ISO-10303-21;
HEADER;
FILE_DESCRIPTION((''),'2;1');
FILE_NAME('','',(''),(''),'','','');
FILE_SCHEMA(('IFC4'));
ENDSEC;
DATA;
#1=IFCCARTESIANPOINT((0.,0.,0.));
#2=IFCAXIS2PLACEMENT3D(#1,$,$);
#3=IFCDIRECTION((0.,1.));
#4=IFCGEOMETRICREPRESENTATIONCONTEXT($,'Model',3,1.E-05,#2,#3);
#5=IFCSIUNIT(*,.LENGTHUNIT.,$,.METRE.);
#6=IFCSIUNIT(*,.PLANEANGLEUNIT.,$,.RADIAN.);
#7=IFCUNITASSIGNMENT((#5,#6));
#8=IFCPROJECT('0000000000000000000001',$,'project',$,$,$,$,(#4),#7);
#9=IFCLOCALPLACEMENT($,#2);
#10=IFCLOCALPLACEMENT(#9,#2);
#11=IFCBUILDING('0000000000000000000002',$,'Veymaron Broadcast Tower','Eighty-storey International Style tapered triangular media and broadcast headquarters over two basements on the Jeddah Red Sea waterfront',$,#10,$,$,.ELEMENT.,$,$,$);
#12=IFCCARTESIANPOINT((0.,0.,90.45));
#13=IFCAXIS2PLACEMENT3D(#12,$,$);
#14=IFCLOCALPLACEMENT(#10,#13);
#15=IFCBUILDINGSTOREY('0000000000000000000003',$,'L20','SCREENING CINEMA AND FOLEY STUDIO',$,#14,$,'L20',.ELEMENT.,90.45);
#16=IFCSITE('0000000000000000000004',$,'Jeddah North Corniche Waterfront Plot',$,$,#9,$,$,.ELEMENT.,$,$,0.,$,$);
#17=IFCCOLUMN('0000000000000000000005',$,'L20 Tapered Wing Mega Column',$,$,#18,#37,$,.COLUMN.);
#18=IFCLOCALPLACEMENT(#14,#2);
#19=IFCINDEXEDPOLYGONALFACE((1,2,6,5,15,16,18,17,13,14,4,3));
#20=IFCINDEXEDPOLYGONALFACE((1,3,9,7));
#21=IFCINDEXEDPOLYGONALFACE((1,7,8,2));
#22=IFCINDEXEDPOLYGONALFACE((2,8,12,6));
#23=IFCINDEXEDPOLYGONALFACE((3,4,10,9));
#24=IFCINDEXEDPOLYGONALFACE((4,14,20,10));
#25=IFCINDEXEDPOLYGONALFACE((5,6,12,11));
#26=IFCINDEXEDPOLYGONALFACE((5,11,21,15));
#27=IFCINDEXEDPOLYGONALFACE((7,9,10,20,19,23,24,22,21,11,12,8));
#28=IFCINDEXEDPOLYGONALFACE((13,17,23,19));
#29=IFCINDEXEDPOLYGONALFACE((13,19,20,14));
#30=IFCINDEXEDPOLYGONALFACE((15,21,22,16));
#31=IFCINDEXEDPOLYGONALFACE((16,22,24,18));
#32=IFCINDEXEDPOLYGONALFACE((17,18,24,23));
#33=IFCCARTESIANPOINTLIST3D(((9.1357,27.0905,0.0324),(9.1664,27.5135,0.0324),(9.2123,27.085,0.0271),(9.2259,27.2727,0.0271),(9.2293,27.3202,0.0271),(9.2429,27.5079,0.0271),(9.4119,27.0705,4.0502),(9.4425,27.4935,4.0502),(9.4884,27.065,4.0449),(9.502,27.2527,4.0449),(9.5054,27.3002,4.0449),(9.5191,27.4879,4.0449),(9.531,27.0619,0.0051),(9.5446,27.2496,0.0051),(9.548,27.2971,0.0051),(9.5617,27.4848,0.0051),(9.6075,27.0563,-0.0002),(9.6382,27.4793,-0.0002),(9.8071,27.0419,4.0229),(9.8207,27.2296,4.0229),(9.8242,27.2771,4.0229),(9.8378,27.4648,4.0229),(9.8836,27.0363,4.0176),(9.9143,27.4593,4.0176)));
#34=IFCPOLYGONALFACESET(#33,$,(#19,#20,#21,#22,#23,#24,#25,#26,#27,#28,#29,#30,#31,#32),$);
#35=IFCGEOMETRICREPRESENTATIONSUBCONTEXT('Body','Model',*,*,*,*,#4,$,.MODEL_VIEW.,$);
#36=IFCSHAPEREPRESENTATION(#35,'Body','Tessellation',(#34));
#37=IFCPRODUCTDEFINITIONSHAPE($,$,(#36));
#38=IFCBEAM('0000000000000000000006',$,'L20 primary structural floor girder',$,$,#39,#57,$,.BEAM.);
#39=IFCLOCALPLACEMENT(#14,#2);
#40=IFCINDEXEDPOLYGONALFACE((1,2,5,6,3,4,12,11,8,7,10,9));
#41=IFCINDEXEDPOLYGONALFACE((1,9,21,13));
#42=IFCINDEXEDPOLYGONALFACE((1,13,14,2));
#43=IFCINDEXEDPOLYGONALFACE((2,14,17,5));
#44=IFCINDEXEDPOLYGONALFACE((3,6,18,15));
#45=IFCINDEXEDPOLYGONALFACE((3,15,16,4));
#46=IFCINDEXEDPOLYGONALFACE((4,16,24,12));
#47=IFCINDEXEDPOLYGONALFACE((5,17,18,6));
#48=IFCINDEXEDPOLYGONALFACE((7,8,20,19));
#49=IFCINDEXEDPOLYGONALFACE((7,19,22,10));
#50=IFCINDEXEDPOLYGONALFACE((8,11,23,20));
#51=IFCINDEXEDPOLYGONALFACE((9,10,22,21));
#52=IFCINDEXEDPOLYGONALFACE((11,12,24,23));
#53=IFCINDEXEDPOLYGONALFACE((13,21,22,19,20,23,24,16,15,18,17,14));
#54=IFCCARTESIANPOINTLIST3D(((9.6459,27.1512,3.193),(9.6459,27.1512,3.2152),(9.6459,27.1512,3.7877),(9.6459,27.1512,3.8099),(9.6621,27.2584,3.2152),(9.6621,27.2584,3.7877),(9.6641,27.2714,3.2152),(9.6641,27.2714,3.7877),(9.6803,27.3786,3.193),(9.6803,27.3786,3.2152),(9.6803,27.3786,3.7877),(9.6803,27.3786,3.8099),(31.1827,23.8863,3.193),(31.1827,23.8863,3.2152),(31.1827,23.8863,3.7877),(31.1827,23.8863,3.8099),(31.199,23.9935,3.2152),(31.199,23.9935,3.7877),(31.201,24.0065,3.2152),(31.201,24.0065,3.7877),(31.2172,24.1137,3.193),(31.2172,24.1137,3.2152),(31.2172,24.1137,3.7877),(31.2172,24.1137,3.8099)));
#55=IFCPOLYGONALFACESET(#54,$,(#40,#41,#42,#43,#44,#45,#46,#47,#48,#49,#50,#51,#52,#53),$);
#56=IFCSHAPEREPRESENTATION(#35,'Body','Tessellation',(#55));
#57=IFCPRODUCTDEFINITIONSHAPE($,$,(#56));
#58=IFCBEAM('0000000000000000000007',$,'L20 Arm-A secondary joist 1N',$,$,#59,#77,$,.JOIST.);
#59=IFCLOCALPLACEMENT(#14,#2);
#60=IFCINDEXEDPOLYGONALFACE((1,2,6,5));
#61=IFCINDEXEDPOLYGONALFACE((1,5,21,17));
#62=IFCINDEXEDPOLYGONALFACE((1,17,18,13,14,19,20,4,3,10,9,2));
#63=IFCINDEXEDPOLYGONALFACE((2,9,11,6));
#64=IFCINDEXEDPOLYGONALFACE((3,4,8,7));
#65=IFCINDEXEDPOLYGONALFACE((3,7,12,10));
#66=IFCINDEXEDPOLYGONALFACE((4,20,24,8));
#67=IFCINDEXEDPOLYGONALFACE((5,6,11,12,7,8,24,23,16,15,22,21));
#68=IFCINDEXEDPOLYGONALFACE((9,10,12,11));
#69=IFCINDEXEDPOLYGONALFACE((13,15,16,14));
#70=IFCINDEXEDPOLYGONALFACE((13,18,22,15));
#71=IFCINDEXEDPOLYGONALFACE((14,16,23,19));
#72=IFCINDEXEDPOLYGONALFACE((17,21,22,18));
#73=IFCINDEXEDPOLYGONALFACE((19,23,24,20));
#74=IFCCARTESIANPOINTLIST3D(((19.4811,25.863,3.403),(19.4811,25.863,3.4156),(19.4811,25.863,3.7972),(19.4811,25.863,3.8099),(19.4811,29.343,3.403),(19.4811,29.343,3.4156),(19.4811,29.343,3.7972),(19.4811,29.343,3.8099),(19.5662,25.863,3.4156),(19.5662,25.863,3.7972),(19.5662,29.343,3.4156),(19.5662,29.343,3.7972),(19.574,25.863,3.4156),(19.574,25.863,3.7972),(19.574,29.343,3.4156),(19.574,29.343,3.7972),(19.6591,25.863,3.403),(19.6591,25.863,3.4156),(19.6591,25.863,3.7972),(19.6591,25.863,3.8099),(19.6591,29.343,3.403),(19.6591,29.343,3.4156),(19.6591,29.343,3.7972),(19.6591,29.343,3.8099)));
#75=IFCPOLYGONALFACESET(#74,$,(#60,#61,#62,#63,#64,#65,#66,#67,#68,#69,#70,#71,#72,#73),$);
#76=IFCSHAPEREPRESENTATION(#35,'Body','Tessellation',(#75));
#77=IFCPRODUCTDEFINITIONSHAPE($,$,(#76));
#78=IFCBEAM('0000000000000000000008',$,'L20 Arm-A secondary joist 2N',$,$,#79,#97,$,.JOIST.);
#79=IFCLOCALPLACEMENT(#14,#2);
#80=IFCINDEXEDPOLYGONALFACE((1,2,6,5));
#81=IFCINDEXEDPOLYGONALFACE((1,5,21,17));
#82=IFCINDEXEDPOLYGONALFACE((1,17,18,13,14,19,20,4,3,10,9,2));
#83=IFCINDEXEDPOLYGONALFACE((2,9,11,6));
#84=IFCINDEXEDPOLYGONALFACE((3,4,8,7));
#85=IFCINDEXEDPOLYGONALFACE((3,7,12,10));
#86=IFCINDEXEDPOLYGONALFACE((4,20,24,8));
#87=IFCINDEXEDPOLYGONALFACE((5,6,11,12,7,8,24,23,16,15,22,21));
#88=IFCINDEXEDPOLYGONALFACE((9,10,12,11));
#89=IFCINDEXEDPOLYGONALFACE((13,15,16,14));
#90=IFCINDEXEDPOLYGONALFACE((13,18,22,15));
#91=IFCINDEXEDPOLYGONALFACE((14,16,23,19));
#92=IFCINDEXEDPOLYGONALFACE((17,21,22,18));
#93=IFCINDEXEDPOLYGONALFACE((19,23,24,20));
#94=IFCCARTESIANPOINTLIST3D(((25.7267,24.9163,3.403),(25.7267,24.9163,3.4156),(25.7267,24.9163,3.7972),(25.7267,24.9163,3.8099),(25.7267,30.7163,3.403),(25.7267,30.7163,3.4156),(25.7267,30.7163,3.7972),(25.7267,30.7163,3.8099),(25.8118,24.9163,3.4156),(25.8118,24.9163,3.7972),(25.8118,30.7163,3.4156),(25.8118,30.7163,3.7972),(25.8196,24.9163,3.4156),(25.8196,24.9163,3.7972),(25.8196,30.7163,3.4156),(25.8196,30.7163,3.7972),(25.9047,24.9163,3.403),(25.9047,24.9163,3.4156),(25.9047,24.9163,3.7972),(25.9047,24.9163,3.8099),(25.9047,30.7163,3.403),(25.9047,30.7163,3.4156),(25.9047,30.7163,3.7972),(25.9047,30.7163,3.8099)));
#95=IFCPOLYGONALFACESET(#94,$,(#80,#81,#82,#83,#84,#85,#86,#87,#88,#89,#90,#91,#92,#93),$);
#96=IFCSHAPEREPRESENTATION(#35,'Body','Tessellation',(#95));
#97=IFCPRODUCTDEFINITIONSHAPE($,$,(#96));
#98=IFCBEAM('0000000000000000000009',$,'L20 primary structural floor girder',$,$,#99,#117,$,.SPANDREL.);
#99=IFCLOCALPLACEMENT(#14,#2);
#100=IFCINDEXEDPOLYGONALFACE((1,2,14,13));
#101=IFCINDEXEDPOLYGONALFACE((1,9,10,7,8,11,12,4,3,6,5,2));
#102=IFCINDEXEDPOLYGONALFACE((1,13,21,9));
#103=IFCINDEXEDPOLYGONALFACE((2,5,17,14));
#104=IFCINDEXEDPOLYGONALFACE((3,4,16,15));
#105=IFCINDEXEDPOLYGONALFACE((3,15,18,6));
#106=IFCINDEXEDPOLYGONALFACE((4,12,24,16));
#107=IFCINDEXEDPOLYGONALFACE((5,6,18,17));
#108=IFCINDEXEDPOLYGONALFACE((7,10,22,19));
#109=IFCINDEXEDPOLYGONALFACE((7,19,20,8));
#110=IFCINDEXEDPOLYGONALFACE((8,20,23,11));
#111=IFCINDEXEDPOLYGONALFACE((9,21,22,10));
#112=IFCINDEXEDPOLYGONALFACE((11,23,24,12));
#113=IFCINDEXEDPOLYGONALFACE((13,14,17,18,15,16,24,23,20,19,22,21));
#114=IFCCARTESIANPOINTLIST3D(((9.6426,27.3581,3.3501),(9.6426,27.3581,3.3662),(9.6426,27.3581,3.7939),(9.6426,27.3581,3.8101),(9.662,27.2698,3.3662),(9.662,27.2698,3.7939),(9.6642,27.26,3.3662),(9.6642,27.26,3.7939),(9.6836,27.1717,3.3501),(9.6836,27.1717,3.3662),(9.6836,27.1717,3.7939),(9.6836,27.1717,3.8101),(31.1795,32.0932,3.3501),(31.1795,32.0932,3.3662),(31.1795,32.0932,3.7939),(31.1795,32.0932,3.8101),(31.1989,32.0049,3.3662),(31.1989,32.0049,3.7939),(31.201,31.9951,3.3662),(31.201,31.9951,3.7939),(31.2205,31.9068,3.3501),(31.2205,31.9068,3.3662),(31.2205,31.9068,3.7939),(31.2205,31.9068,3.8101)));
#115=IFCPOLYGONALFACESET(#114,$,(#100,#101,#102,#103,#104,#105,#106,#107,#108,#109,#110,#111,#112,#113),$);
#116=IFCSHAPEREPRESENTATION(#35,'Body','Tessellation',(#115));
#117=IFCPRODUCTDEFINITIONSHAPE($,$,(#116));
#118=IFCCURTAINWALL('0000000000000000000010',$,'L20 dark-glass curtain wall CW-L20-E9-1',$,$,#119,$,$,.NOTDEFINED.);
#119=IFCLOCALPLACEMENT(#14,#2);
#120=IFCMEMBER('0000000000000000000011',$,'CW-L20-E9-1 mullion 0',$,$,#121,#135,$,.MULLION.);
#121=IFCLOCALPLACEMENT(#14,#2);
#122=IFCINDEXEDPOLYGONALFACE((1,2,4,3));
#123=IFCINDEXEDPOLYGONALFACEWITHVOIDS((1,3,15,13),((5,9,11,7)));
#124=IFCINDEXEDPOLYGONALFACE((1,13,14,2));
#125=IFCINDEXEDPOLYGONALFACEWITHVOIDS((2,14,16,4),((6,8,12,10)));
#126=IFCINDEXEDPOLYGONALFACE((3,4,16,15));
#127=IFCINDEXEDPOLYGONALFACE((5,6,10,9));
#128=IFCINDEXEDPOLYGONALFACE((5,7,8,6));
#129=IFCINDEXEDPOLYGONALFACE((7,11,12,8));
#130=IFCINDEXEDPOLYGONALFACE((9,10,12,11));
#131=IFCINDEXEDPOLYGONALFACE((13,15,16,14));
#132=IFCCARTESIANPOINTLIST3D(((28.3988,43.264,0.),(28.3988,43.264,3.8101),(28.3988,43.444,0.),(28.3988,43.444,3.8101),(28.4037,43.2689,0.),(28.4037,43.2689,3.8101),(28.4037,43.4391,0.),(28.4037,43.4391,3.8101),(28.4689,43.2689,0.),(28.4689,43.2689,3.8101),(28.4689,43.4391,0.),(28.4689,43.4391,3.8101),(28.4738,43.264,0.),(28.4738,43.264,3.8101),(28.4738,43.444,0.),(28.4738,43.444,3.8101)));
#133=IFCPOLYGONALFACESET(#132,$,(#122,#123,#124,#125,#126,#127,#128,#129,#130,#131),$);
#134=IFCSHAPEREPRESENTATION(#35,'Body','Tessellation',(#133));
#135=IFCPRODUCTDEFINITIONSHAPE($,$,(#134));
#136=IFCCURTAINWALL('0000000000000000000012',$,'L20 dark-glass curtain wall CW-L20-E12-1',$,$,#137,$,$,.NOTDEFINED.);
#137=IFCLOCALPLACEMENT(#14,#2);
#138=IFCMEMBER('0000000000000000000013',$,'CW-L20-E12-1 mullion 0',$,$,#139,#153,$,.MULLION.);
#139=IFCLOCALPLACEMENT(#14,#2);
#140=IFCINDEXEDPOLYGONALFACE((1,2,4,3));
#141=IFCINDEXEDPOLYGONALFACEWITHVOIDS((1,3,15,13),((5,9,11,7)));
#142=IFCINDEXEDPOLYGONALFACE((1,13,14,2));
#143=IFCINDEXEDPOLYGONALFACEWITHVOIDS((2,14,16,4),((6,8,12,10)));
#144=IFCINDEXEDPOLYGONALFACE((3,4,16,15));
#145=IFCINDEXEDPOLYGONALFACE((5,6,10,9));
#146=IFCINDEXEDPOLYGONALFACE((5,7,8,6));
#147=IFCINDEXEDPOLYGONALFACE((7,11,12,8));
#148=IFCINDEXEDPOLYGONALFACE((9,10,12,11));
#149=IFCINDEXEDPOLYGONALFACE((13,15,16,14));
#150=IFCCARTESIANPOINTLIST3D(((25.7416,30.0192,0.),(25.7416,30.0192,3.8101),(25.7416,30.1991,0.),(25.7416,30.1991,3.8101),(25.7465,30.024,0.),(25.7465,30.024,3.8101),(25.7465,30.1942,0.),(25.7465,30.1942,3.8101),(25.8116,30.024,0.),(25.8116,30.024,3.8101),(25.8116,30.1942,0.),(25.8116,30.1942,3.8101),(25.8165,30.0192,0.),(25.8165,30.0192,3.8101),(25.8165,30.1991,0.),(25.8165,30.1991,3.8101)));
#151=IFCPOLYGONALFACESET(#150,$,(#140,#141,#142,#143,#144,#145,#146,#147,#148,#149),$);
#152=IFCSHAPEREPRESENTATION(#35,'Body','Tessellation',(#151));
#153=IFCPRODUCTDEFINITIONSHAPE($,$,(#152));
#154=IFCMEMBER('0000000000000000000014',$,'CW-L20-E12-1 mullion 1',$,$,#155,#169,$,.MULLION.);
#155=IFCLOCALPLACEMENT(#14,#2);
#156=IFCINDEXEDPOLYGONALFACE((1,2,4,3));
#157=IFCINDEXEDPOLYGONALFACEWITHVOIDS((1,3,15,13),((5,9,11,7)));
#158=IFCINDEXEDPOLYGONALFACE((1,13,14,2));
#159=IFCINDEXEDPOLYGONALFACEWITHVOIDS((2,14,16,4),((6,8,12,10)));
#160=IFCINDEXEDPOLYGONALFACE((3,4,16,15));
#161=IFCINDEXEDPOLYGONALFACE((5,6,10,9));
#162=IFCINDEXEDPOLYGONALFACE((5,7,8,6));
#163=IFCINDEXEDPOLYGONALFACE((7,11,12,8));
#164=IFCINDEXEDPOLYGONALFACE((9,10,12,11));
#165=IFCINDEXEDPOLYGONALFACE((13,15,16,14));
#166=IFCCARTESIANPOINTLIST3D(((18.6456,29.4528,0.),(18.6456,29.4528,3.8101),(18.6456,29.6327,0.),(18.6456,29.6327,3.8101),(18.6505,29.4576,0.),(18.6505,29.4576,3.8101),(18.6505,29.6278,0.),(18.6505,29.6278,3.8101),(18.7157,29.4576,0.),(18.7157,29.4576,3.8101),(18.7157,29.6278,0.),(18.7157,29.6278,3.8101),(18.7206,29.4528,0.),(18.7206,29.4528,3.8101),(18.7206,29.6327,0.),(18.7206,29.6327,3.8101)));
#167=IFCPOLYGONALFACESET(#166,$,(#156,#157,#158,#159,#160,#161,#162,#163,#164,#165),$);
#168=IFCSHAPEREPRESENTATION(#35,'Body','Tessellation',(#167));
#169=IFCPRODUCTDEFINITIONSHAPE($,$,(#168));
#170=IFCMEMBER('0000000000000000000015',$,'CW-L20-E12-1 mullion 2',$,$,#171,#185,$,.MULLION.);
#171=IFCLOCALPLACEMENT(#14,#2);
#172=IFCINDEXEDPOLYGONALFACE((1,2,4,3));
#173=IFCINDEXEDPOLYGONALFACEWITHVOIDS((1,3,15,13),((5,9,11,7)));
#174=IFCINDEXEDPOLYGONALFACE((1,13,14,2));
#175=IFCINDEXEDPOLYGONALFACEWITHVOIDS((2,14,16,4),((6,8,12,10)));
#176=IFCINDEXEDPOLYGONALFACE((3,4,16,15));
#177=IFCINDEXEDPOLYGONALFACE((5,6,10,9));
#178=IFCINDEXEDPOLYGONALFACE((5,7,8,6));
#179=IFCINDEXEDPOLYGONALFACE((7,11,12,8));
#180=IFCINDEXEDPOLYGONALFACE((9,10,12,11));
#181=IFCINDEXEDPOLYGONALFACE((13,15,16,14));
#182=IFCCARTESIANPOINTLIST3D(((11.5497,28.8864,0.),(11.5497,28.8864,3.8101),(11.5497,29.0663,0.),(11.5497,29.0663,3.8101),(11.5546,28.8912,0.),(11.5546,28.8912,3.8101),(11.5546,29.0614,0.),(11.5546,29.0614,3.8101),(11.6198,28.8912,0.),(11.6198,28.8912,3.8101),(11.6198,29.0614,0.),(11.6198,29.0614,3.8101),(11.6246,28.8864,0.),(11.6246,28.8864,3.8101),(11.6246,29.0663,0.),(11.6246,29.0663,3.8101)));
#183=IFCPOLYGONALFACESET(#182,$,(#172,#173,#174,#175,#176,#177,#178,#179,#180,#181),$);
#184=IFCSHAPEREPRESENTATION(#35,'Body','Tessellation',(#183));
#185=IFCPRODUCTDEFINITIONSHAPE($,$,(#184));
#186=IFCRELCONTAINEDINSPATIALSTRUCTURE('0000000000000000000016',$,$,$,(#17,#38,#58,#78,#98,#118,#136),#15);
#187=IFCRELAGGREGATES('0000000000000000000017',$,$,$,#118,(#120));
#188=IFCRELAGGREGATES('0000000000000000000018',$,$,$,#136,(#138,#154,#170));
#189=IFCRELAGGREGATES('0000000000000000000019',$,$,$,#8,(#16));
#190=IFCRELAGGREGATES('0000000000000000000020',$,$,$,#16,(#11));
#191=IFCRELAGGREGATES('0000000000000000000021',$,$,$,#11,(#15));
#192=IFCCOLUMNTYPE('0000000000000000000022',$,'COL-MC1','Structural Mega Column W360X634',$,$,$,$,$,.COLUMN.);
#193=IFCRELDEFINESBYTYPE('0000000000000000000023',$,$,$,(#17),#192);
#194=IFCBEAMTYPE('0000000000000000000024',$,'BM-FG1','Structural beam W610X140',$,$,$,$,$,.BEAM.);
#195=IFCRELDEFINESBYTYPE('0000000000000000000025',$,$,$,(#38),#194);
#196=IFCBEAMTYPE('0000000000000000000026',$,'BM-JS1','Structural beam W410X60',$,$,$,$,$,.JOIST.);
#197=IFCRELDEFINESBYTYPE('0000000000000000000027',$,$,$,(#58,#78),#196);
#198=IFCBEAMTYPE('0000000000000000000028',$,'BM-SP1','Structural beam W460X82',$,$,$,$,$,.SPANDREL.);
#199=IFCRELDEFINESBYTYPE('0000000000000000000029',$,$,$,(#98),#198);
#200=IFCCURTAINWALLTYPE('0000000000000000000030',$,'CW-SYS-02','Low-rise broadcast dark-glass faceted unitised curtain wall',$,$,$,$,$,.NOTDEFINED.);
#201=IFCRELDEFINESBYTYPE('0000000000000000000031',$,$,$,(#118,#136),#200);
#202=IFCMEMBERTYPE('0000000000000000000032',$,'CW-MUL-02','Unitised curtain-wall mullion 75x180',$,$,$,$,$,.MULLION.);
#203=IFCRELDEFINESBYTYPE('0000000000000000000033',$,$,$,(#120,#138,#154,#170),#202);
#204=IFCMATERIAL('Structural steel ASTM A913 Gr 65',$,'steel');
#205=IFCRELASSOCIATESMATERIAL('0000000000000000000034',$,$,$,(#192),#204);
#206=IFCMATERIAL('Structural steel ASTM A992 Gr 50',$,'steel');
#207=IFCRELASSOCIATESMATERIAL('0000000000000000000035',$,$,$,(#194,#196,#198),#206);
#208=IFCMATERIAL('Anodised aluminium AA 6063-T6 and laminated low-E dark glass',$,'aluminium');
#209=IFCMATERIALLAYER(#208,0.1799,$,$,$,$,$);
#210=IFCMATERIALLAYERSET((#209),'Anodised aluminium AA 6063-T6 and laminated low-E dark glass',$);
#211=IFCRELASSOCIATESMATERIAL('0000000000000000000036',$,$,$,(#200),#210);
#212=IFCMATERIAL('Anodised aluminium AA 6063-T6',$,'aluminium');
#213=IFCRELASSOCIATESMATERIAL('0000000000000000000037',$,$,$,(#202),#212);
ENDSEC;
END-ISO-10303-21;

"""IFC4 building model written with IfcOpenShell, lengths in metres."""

from ifc_helpers import new_model, si_unit, direction, frame, origin, origin_2d, place, context, subcontext, project, spatial, hollow_rectangle, i_section, extrude, material, layer, layer_set, material_profile, profile_set, type_object, element, aggregate, save


model = new_model("IFC4")

# Units and contexts
model_context = context("Model", 3, precision=1e-05, world=origin(), true_north=direction((0.0, 1.0)))
body_context = subcontext(model_context, "Body", "Model", "MODEL_VIEW")
ifc_project = project(units=[si_unit("LENGTHUNIT", "METRE"), si_unit("PLANEANGLEUNIT", "RADIAN")], contexts=[model_context])

# Site, building, storey
site_placement = place(None, origin())
site = spatial("IfcSite", under=ifc_project, at=site_placement, Name="Jeddah North Corniche Waterfront Plot", CompositionType="ELEMENT", RefElevation=0.0)
building_placement = place(site_placement, origin())
building = spatial("IfcBuilding", under=site, at=building_placement, Name="Veymaron Broadcast Tower", Description="Eighty-storey International Style tapered triangular media and broadcast headquarters over two basements on the Jeddah Red Sea waterfront", CompositionType="ELEMENT")
storey_placement = place(building_placement, frame((0.0, 0.0, 90.45)))
storey = spatial("IfcBuildingStorey", under=building, at=storey_placement, Name="L20", Description="SCREENING CINEMA AND FOLEY STUDIO", LongName="L20", CompositionType="ELEMENT", Elevation=90.45)

# Column
ifc_material_1 = material(Name="Structural steel ASTM A913 Gr 65", Category="steel")
ifc_material_profile_1 = material_profile(ifc_material_1, i_section(OverallWidth=0.4241, OverallDepth=0.4741, WebThickness=0.0476, FlangeThickness=0.0769, at=origin_2d()), Name="W360X634")
ifc_profile_set_1 = profile_set([ifc_material_profile_1], Name="Structural steel ASTM A913 Gr 65")
column_type = type_object("IfcColumnType", Name="COL-MC1", Description="Structural Mega Column W360X634", PredefinedType="COLUMN", material=ifc_profile_set_1)
column_placement = place(storey_placement, frame((9.387, 27.2849, 0.0161), z_axis=(0.068562, -0.004971, 0.997634), x_axis=(0.072312, 0.997382, 0.0)))
element("IfcColumn", 1, at=column_placement, inside=storey, type_object=column_type, Name="L20 Tapered Wing Mega Column", PredefinedType="COLUMN", context=body_context, shape_type="SweptSolid", body=[
    extrude(i_section(OverallWidth=0.4241, OverallDepth=0.4741, WebThickness=0.0476, FlangeThickness=0.0769, at=origin_2d()), origin(), (0.0, 0.0, 1.0), 4.0273),
])

# Beams
ifc_material_2 = material(Name="Structural steel ASTM A992 Gr 50", Category="steel")
ifc_material_profile_2 = material_profile(ifc_material_2, i_section(OverallWidth=0.23, OverallDepth=0.6169, WebThickness=0.0132, FlangeThickness=0.0222, at=origin_2d()), Name="W610X140")
ifc_profile_set_2 = profile_set([ifc_material_profile_2], Name="Structural steel ASTM A992 Gr 50")
beam_type_1 = type_object("IfcBeamType", Name="BM-FG1", Description="Structural beam W610X140", PredefinedType="BEAM", material=ifc_profile_set_2)
beam_1_placement = place(storey_placement, frame((9.6631, 27.2649, 3.5015), z_axis=(0.988704, -0.149883, 0.0), x_axis=(0.149883, 0.988704, 0.0)))
element("IfcBeam", 2, at=beam_1_placement, inside=storey, type_object=beam_type_1, Name="L20 primary structural floor girder", PredefinedType="BEAM", context=body_context, shape_type="SweptSolid", body=[
    extrude(i_section(OverallWidth=0.23, OverallDepth=0.6169, WebThickness=0.0132, FlangeThickness=0.0222, at=origin_2d()), origin(), (0.0, 0.0, 1.0), 21.783),
])
ifc_material_profile_3 = material_profile(ifc_material_2, i_section(OverallWidth=0.178, OverallDepth=0.407, WebThickness=0.0078, FlangeThickness=0.0127, at=origin_2d()), Name="W410X60")
ifc_profile_set_3 = profile_set([ifc_material_profile_3], Name="Structural steel ASTM A992 Gr 50")
beam_type_2 = type_object("IfcBeamType", Name="BM-JS1", Description="Structural beam W410X60", PredefinedType="JOIST", material=ifc_profile_set_3)
beam_2_placement = place(storey_placement, frame((19.5701, 25.863, 3.6064), z_axis=(0.0, 1.0, 0.0), x_axis=(-1.0, 0.0, 0.0)))
element("IfcBeam", 3, at=beam_2_placement, inside=storey, type_object=beam_type_2, Name="L20 Arm-A secondary joist 1N", PredefinedType="JOIST", context=body_context, shape_type="SweptSolid", body=[
    extrude(i_section(OverallWidth=0.178, OverallDepth=0.407, WebThickness=0.0078, FlangeThickness=0.0127, at=origin_2d()), origin(), (0.0, 0.0, 1.0), 3.48),
])
beam_3_placement = place(storey_placement, frame((25.8157, 24.9163, 3.6064), z_axis=(0.0, 1.0, 0.0), x_axis=(-1.0, 0.0, 0.0)))
element("IfcBeam", 4, at=beam_3_placement, inside=storey, type_object=beam_type_2, Name="L20 Arm-A secondary joist 2N", PredefinedType="JOIST", context=body_context, shape_type="SweptSolid", body=[
    extrude(i_section(OverallWidth=0.178, OverallDepth=0.407, WebThickness=0.0078, FlangeThickness=0.0127, at=origin_2d()), origin(), (0.0, 0.0, 1.0), 5.8),
])
ifc_material_profile_4 = material_profile(ifc_material_2, i_section(OverallWidth=0.1909, OverallDepth=0.46, WebThickness=0.01, FlangeThickness=0.0161, at=origin_2d()), Name="W460X82")
ifc_profile_set_4 = profile_set([ifc_material_profile_4], Name="Structural steel ASTM A992 Gr 50")
beam_type_3 = type_object("IfcBeamType", Name="BM-SP1", Description="Structural beam W460X82", PredefinedType="SPANDREL", material=ifc_profile_set_4)
beam_4_placement = place(storey_placement, frame((9.6631, 27.2649, 3.5801), z_axis=(0.976673, 0.214732, 0.0), x_axis=(-0.214732, 0.976673, 0.0)))
element("IfcBeam", 5, at=beam_4_placement, inside=storey, type_object=beam_type_3, Name="L20 primary structural floor girder", PredefinedType="SPANDREL", context=body_context, shape_type="SweptSolid", body=[
    extrude(i_section(OverallWidth=0.1909, OverallDepth=0.46, WebThickness=0.01, FlangeThickness=0.0161, at=origin_2d()), origin(), (0.0, 0.0, 1.0), 22.0513),
])

# Curtain wall, member
ifc_material_3 = material(Name="Anodised aluminium AA 6063-T6 and laminated low-E dark glass", Category="aluminium")
ifc_layer_1 = layer(ifc_material_3, 0.1799)
ifc_layer_set_1 = layer_set([ifc_layer_1], Name="Anodised aluminium AA 6063-T6 and laminated low-E dark glass")
curtain_wall_type = type_object("IfcCurtainWallType", Name="CW-SYS-02", Description="Low-rise broadcast dark-glass faceted unitised curtain wall", PredefinedType="NOTDEFINED", material=ifc_layer_set_1)
curtain_wall_1_placement = place(storey_placement, origin())
curtain_wall_1 = element("IfcCurtainWall", 6, at=curtain_wall_1_placement, inside=storey, type_object=curtain_wall_type, Name="L20 dark-glass curtain wall CW-L20-E9-1", PredefinedType="NOTDEFINED")
ifc_material_4 = material(Name="Anodised aluminium AA 6063-T6", Category="aluminium")
ifc_material_profile_5 = material_profile(ifc_material_4, hollow_rectangle(XDim=0.075, YDim=0.1799, WallThickness=0.0049, at=origin_2d()), Name="AL180X75X5")
ifc_profile_set_5 = profile_set([ifc_material_profile_5], Name="Anodised aluminium AA 6063-T6")
member_type_1 = type_object("IfcMemberType", Name="CW-MUL-02", Description="Unitised curtain-wall mullion 75x180", PredefinedType="MULLION", material=ifc_profile_set_5)
member_1_placement = place(storey_placement, frame((28.4363, 43.354, 0.0), z_axis=(0.0, 0.0, 1.0), x_axis=(1.0, 0.0, 0.0)))
member_1 = element("IfcMember", 7, at=member_1_placement, type_object=member_type_1, Name="CW-L20-E9-1 mullion 0", PredefinedType="MULLION", context=body_context, shape_type="SweptSolid", body=[
    extrude(hollow_rectangle(XDim=0.075, YDim=0.1799, WallThickness=0.0049, at=origin_2d()), origin(), (0.0, 0.0, 1.0), 3.8101),
])
aggregate(curtain_wall_1, [member_1])

# Curtain wall, members
curtain_wall_2_placement = place(storey_placement, origin())
curtain_wall_2 = element("IfcCurtainWall", 8, at=curtain_wall_2_placement, inside=storey, type_object=curtain_wall_type, Name="L20 dark-glass curtain wall CW-L20-E12-1", PredefinedType="NOTDEFINED")
member_2_placement = place(storey_placement, frame((25.7791, 30.1091, 0.0), z_axis=(0.0, 0.0, 1.0), x_axis=(1.0, 0.0, 0.0)))
member_2 = element("IfcMember", 9, at=member_2_placement, type_object=member_type_1, Name="CW-L20-E12-1 mullion 0", PredefinedType="MULLION", context=body_context, shape_type="SweptSolid", body=[
    extrude(hollow_rectangle(XDim=0.075, YDim=0.1799, WallThickness=0.0049, at=origin_2d()), origin(), (0.0, 0.0, 1.0), 3.8101),
])
member_3_placement = place(storey_placement, frame((18.6831, 29.5427, 0.0), z_axis=(0.0, 0.0, 1.0), x_axis=(1.0, 0.0, 0.0)))
member_3 = element("IfcMember", 10, at=member_3_placement, type_object=member_type_1, Name="CW-L20-E12-1 mullion 1", PredefinedType="MULLION", context=body_context, shape_type="SweptSolid", body=[
    extrude(hollow_rectangle(XDim=0.075, YDim=0.1799, WallThickness=0.0049, at=origin_2d()), origin(), (0.0, 0.0, 1.0), 3.8101),
])
member_4_placement = place(storey_placement, frame((11.5872, 28.9763, 0.0), z_axis=(0.0, 0.0, 1.0), x_axis=(1.0, 0.0, 0.0)))
member_4 = element("IfcMember", 11, at=member_4_placement, type_object=member_type_1, Name="CW-L20-E12-1 mullion 2", PredefinedType="MULLION", context=body_context, shape_type="SweptSolid", body=[
    extrude(hollow_rectangle(XDim=0.075, YDim=0.1799, WallThickness=0.0049, at=origin_2d()), origin(), (0.0, 0.0, 1.0), 3.8101),
])
aggregate(curtain_wall_2, [member_2, member_3, member_4])

save(model, "model.ifc")
